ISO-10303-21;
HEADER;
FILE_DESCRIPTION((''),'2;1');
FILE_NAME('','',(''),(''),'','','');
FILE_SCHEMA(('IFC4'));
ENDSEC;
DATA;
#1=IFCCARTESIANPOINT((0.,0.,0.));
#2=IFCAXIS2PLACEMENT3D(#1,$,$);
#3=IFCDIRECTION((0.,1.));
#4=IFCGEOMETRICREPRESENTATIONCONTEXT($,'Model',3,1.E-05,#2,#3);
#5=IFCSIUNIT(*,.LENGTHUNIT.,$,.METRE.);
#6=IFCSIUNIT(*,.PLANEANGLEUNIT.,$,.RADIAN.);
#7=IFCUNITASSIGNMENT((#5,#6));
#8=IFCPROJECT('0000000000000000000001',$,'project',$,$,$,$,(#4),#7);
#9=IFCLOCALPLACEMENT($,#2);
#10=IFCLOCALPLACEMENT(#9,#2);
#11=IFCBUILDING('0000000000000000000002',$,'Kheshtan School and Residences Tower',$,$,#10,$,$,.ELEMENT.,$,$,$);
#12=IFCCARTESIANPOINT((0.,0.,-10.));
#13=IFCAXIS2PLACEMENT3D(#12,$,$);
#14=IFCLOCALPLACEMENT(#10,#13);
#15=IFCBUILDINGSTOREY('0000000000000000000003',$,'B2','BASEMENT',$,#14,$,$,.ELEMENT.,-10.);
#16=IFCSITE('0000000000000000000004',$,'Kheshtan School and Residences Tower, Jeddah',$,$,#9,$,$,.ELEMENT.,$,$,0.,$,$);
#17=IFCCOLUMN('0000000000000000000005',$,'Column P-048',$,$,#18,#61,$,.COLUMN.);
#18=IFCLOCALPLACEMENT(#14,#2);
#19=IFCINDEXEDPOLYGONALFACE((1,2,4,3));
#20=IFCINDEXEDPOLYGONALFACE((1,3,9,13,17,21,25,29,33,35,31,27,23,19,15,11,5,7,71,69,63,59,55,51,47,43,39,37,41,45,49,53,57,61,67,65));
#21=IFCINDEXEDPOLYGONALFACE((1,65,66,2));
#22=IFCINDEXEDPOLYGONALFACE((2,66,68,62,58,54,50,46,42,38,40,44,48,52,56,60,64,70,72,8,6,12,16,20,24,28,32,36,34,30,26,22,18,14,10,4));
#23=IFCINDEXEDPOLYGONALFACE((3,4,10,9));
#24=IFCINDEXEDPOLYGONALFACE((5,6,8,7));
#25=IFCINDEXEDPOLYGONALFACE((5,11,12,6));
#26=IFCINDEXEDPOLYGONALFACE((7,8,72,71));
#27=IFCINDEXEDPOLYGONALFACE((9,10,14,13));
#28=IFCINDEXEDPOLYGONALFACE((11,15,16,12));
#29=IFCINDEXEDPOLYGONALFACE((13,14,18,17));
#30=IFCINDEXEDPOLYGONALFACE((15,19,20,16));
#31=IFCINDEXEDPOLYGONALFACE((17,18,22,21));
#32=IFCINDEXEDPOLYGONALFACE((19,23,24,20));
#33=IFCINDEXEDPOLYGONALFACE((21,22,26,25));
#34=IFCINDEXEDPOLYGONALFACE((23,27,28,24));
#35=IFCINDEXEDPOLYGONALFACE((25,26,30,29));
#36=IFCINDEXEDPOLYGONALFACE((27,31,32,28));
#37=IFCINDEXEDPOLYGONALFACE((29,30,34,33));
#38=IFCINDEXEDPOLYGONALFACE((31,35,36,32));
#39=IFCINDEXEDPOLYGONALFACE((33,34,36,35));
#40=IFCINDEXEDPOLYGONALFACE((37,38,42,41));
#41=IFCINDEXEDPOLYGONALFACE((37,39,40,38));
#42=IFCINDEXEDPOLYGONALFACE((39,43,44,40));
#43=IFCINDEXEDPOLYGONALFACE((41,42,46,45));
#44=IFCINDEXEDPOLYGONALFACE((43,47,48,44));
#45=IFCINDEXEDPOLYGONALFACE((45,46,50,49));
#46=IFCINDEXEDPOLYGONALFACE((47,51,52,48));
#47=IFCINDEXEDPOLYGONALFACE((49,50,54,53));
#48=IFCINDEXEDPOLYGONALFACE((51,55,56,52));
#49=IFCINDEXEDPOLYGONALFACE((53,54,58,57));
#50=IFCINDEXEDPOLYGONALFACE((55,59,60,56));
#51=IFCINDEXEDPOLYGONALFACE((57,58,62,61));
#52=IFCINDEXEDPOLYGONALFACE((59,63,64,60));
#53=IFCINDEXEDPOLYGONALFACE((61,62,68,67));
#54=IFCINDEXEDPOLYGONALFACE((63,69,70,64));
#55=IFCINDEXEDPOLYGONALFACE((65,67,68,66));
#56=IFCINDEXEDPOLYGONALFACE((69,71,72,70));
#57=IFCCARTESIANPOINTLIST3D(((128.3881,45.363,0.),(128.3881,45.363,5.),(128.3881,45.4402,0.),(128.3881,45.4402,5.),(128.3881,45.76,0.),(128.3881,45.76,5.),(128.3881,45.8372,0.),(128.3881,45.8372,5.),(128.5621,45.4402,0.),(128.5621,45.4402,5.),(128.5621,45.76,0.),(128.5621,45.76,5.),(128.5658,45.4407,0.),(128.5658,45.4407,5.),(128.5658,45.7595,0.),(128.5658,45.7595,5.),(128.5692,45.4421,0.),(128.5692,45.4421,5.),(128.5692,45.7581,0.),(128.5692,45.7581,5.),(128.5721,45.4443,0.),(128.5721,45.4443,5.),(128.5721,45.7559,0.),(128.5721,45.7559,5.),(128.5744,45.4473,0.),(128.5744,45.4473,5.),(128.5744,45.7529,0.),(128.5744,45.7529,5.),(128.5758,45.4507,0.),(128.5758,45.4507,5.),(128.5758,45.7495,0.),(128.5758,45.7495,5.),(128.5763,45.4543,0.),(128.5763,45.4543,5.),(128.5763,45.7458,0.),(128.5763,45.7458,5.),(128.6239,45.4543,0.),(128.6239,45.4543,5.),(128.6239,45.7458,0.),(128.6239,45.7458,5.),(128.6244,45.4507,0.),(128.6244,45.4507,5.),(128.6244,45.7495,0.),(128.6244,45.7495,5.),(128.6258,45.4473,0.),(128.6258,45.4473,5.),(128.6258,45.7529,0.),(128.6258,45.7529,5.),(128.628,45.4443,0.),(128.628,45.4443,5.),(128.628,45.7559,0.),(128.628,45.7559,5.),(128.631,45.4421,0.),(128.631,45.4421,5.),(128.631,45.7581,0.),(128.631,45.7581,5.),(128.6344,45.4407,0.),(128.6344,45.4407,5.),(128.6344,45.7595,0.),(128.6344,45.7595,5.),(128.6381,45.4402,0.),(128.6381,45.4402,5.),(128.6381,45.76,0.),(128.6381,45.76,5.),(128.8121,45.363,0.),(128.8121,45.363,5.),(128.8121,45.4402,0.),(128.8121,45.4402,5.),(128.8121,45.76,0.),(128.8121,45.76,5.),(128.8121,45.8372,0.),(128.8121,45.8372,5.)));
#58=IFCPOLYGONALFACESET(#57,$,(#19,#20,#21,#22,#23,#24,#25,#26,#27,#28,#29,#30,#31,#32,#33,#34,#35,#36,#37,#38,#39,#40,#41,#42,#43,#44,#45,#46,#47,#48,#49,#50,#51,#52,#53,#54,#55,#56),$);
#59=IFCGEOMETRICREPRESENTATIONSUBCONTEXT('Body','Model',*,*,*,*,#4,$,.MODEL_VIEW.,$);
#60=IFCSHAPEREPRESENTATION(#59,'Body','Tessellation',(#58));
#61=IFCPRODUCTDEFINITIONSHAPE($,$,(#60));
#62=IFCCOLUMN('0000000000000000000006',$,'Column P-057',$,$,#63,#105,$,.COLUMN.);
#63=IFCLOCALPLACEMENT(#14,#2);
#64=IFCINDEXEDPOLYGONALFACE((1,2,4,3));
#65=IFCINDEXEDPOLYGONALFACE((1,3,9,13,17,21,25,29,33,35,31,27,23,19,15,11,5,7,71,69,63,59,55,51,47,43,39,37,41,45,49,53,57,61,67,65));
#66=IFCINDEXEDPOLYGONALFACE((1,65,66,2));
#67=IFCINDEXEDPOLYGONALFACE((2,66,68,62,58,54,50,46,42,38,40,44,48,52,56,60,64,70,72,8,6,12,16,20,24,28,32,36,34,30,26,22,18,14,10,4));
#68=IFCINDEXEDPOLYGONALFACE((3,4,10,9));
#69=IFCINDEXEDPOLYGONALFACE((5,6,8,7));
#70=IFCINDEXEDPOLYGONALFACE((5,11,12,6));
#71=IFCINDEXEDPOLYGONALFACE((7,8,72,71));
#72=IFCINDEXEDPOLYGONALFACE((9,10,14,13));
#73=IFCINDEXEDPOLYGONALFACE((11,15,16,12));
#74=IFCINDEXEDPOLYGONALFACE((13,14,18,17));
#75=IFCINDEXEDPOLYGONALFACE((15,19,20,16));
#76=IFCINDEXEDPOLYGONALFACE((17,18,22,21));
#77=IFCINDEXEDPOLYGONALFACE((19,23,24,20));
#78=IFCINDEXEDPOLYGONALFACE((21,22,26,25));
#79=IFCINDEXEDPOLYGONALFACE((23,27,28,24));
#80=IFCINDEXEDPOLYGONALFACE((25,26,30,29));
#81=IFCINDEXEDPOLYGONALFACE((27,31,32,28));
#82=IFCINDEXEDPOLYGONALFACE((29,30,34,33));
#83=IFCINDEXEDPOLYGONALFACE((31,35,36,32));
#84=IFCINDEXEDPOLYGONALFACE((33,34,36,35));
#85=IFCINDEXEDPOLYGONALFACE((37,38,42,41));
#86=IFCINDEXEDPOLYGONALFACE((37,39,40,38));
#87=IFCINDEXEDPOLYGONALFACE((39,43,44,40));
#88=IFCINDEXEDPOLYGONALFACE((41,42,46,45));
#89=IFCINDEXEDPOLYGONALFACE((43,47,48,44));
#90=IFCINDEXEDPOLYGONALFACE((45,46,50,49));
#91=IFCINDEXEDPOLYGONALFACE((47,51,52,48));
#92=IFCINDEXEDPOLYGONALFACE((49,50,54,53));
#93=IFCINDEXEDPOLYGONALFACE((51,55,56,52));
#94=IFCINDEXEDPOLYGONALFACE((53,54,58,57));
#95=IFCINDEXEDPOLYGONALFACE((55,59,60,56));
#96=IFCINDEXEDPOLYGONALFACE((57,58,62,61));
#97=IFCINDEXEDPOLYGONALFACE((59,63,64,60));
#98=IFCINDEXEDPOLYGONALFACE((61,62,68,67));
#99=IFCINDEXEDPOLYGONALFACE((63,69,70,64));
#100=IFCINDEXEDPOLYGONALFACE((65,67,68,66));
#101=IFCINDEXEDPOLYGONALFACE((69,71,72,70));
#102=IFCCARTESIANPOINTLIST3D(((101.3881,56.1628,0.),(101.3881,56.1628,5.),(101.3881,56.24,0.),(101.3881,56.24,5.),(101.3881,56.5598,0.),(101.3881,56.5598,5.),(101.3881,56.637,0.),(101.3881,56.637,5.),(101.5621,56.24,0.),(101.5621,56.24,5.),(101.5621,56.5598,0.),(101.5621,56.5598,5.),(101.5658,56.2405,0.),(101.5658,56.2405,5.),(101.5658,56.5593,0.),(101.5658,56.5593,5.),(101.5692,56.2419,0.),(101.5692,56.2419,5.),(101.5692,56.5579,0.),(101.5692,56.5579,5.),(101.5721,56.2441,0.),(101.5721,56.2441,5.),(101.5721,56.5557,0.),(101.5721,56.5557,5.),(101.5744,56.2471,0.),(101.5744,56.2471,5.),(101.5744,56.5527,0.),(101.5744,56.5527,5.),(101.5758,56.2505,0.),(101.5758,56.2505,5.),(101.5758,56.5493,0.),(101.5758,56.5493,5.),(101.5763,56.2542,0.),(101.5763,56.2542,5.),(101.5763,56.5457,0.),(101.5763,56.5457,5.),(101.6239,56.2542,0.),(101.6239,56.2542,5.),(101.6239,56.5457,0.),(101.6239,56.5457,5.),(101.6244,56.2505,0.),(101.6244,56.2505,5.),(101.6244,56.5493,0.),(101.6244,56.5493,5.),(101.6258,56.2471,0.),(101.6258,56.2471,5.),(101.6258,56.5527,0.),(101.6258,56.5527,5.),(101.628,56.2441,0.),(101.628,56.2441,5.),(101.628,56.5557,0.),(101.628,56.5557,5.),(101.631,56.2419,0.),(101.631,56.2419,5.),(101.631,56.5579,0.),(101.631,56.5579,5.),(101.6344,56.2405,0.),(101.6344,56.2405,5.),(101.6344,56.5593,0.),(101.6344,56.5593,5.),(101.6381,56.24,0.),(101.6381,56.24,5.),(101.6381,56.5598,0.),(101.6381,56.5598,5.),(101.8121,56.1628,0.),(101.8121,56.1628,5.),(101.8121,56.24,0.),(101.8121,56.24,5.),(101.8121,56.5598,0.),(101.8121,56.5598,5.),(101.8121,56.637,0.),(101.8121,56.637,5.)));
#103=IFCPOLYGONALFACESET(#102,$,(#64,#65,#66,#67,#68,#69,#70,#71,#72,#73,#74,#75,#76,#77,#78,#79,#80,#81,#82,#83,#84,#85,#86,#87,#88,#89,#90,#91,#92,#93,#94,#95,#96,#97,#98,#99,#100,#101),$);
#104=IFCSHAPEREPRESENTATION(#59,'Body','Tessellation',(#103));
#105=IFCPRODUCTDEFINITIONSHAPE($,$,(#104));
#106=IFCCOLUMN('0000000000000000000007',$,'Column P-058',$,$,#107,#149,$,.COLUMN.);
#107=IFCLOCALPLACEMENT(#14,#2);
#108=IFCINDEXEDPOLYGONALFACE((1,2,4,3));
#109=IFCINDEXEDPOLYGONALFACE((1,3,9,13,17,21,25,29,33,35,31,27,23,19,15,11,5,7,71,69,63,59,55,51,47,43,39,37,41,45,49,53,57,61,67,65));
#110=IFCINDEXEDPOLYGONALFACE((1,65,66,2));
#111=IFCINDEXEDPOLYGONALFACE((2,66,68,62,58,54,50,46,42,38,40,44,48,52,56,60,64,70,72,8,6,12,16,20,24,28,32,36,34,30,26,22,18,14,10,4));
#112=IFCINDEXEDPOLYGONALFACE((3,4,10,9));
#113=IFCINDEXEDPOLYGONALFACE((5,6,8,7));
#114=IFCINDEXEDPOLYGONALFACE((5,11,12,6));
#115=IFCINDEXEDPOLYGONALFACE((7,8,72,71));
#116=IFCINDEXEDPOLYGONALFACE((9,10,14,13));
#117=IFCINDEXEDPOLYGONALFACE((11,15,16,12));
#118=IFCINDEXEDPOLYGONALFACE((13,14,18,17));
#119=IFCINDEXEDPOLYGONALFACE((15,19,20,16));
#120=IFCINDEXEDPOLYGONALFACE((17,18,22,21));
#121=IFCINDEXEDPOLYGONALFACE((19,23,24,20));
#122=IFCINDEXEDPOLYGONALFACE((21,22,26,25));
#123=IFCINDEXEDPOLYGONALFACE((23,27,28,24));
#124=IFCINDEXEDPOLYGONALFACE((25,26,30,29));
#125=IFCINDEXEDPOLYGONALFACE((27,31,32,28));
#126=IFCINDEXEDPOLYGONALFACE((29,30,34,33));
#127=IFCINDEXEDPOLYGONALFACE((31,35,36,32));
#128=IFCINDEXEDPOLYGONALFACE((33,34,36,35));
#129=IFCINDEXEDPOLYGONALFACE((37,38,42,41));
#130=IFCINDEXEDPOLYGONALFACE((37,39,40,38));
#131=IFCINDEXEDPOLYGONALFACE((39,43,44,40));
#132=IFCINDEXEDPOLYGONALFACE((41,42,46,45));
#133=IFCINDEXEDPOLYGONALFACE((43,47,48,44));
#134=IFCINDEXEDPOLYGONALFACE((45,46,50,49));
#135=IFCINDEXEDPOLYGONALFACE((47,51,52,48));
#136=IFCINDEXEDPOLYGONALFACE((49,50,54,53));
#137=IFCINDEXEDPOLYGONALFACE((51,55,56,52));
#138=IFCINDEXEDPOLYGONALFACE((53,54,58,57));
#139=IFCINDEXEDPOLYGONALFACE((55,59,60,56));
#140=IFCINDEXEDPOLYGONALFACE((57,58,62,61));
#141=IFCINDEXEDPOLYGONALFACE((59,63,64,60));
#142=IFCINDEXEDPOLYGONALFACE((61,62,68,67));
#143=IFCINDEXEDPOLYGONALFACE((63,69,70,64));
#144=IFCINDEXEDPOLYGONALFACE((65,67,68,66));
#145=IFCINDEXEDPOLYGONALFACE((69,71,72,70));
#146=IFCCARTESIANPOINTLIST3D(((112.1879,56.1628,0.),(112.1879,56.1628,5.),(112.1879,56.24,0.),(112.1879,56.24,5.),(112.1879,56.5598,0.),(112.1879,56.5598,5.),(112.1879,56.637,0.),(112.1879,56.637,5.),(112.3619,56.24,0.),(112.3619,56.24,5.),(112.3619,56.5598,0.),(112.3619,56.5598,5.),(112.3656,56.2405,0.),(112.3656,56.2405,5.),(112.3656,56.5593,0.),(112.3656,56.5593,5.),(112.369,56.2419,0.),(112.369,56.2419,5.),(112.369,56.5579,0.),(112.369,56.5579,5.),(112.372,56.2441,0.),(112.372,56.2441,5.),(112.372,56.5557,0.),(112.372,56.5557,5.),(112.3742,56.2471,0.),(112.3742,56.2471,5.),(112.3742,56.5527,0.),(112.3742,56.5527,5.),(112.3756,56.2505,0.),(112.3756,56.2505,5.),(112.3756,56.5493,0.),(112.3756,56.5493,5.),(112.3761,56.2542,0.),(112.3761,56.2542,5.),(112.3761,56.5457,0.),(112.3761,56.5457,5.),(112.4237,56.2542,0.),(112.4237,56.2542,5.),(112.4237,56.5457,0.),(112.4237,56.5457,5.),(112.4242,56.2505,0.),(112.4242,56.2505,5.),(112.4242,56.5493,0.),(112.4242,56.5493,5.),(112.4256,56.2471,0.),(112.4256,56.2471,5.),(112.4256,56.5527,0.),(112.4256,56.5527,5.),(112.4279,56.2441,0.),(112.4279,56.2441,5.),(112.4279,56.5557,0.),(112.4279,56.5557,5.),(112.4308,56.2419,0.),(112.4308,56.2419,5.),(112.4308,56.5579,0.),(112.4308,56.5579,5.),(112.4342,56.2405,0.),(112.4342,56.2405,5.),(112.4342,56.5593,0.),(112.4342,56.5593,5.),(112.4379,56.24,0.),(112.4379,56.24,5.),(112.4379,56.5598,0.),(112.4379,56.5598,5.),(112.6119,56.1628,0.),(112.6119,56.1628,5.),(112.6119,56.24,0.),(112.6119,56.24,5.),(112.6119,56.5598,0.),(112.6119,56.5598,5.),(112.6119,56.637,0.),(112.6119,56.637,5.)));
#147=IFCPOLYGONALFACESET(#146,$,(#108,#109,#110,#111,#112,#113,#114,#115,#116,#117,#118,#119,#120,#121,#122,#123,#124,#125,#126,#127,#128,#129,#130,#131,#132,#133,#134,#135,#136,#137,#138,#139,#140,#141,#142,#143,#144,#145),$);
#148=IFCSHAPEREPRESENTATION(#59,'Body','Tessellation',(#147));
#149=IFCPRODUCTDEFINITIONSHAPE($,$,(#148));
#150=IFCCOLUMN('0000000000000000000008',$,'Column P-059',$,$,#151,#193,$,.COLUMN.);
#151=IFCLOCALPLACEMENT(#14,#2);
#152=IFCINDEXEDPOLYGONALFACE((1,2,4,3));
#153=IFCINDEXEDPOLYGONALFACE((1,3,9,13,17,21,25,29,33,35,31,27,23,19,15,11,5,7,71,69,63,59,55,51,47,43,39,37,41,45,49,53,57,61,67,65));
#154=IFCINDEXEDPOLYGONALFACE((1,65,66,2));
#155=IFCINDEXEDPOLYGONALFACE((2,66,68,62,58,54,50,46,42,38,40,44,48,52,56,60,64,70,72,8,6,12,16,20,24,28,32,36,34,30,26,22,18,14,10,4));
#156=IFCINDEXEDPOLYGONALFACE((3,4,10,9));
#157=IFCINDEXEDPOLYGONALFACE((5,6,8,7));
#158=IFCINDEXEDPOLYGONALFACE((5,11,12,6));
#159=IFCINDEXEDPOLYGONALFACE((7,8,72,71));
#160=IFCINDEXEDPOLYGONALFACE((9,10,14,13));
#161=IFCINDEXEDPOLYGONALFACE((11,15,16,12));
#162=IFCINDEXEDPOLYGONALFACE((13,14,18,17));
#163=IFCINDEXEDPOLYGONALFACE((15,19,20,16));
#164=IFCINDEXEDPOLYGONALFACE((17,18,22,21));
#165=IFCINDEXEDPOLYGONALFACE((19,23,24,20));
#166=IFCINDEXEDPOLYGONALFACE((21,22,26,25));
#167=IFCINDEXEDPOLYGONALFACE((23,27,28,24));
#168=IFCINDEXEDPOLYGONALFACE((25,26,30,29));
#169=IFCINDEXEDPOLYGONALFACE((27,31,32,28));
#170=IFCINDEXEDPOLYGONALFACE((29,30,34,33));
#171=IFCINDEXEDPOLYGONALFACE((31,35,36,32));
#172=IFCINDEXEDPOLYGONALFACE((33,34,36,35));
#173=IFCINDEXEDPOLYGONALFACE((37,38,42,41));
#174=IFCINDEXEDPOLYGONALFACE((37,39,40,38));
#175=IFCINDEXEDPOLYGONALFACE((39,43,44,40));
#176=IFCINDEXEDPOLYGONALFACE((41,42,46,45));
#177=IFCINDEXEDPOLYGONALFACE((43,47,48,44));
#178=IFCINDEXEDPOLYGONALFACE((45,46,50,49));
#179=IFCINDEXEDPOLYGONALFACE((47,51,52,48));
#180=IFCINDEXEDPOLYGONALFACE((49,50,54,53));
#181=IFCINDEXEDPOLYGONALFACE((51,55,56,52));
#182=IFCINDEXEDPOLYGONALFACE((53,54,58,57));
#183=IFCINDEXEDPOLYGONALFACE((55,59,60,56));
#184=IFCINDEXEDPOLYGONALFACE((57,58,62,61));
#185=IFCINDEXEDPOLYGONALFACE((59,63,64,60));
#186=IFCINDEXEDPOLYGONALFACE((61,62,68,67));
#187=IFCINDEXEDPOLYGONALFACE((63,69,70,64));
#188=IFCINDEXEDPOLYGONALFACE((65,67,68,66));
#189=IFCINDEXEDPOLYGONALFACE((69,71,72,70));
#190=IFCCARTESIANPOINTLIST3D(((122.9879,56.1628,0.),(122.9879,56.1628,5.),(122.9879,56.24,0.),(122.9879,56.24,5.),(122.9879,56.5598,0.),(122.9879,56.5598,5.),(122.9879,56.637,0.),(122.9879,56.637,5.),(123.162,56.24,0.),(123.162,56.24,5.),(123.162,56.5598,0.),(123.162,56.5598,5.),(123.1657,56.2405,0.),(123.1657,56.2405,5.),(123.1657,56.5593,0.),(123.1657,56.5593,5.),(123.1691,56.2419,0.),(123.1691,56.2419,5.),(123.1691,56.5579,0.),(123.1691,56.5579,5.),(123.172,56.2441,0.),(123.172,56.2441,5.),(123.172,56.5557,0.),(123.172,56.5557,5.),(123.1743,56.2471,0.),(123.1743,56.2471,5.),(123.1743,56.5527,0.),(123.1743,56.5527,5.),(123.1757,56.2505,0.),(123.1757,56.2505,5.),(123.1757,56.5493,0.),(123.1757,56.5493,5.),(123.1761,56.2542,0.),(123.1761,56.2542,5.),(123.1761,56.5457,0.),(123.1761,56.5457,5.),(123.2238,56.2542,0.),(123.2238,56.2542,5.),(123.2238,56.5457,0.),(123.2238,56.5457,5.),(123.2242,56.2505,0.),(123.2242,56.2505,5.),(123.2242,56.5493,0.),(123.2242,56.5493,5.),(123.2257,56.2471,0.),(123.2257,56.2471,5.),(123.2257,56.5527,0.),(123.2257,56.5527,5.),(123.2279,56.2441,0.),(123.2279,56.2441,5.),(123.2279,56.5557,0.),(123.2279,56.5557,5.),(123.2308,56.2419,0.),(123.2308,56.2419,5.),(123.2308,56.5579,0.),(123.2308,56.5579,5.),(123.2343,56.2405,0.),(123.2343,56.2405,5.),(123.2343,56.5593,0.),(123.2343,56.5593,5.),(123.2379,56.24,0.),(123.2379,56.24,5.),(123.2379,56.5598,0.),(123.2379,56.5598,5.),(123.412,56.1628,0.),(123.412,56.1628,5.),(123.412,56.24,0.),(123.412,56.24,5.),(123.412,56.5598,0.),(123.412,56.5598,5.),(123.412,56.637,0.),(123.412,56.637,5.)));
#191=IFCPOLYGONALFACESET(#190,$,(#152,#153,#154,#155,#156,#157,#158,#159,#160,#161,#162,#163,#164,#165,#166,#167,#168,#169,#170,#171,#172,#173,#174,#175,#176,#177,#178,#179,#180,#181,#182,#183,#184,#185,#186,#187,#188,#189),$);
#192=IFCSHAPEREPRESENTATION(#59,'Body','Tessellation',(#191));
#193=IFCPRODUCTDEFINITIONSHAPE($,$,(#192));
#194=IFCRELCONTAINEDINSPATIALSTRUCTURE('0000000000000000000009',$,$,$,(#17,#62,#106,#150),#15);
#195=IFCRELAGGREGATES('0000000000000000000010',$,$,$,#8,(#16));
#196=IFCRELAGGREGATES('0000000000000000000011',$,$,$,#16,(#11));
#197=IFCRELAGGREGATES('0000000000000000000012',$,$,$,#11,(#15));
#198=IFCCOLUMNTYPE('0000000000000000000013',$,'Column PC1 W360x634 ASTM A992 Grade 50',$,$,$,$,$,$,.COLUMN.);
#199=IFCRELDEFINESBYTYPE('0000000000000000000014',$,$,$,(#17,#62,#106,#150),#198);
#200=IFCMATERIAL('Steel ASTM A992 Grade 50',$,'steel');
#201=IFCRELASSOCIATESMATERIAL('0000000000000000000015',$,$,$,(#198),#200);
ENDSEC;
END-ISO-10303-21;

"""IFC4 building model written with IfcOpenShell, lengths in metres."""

from ifc_helpers import new_model, si_unit, direction, frame, origin, origin_2d, place, context, subcontext, project, spatial, i_section, extrude, material, material_profile, profile_set, type_object, element, save


model = new_model("IFC4")

# Units and contexts
model_context = context("Model", 3, precision=1e-05, world=origin(), true_north=direction((0.0, 1.0)))
body_context = subcontext(model_context, "Body", "Model", "MODEL_VIEW")
ifc_project = project(units=[si_unit("LENGTHUNIT", "METRE"), si_unit("PLANEANGLEUNIT", "RADIAN")], contexts=[model_context])

# Site, building, storey
site_placement = place(None, origin())
site = spatial("IfcSite", under=ifc_project, at=site_placement, Name="Kheshtan School and Residences Tower, Jeddah", CompositionType="ELEMENT", RefElevation=0.0)
building_placement = place(site_placement, origin())
building = spatial("IfcBuilding", under=site, at=building_placement, Name="Kheshtan School and Residences Tower", CompositionType="ELEMENT")
storey_placement = place(building_placement, frame((0.0, 0.0, -10.0)))
storey = spatial("IfcBuildingStorey", under=building, at=storey_placement, Name="B2", Description="BASEMENT", CompositionType="ELEMENT", Elevation=-10.0)

# Columns
ifc_material_1 = material(Name="Steel ASTM A992 Grade 50", Category="steel")
ifc_material_profile_1 = material_profile(ifc_material_1, i_section(OverallWidth=0.4241, OverallDepth=0.4741, WebThickness=0.0476, FlangeThickness=0.0771, FilletRadius=0.0142, at=origin_2d()), Name="W360x634")
ifc_profile_set_1 = profile_set([ifc_material_profile_1], Name="Steel ASTM A992 Grade 50")
column_type = type_object("IfcColumnType", Name="Column PC1 W360x634 ASTM A992 Grade 50", PredefinedType="COLUMN", material=ifc_profile_set_1)
for number, where, z_axis, x_axis, name in (
    (1, (128.6001, 45.6001, 0.0), (0.0, 0.0, 1.0), (1.0, 0.0, 0.0), "Column P-048"),
    (2, (101.6001, 56.3999, 0.0), (0.0, 0.0, 1.0), (1.0, 0.0, 0.0), "Column P-057"),
    (3, (112.3999, 56.3999, 0.0), (0.0, 0.0, 1.0), (1.0, 0.0, 0.0), "Column P-058"),
    (4, (123.2, 56.3999, 0.0), (0.0, 0.0, 1.0), (1.0, 0.0, 0.0), "Column P-059"),
):
    element("IfcColumn", number, at=place(storey_placement, frame(where, z_axis=z_axis, x_axis=x_axis)), inside=storey, type_object=column_type, Name=name, PredefinedType="COLUMN", context=body_context, shape_type="SweptSolid", body=[
        extrude(i_section(OverallWidth=0.4241, OverallDepth=0.4741, WebThickness=0.0476, FlangeThickness=0.0771, FilletRadius=0.0142, at=origin_2d()), origin(), (0.0, 0.0, 1.0), 5.0),
    ])

save(model, "model.ifc")
